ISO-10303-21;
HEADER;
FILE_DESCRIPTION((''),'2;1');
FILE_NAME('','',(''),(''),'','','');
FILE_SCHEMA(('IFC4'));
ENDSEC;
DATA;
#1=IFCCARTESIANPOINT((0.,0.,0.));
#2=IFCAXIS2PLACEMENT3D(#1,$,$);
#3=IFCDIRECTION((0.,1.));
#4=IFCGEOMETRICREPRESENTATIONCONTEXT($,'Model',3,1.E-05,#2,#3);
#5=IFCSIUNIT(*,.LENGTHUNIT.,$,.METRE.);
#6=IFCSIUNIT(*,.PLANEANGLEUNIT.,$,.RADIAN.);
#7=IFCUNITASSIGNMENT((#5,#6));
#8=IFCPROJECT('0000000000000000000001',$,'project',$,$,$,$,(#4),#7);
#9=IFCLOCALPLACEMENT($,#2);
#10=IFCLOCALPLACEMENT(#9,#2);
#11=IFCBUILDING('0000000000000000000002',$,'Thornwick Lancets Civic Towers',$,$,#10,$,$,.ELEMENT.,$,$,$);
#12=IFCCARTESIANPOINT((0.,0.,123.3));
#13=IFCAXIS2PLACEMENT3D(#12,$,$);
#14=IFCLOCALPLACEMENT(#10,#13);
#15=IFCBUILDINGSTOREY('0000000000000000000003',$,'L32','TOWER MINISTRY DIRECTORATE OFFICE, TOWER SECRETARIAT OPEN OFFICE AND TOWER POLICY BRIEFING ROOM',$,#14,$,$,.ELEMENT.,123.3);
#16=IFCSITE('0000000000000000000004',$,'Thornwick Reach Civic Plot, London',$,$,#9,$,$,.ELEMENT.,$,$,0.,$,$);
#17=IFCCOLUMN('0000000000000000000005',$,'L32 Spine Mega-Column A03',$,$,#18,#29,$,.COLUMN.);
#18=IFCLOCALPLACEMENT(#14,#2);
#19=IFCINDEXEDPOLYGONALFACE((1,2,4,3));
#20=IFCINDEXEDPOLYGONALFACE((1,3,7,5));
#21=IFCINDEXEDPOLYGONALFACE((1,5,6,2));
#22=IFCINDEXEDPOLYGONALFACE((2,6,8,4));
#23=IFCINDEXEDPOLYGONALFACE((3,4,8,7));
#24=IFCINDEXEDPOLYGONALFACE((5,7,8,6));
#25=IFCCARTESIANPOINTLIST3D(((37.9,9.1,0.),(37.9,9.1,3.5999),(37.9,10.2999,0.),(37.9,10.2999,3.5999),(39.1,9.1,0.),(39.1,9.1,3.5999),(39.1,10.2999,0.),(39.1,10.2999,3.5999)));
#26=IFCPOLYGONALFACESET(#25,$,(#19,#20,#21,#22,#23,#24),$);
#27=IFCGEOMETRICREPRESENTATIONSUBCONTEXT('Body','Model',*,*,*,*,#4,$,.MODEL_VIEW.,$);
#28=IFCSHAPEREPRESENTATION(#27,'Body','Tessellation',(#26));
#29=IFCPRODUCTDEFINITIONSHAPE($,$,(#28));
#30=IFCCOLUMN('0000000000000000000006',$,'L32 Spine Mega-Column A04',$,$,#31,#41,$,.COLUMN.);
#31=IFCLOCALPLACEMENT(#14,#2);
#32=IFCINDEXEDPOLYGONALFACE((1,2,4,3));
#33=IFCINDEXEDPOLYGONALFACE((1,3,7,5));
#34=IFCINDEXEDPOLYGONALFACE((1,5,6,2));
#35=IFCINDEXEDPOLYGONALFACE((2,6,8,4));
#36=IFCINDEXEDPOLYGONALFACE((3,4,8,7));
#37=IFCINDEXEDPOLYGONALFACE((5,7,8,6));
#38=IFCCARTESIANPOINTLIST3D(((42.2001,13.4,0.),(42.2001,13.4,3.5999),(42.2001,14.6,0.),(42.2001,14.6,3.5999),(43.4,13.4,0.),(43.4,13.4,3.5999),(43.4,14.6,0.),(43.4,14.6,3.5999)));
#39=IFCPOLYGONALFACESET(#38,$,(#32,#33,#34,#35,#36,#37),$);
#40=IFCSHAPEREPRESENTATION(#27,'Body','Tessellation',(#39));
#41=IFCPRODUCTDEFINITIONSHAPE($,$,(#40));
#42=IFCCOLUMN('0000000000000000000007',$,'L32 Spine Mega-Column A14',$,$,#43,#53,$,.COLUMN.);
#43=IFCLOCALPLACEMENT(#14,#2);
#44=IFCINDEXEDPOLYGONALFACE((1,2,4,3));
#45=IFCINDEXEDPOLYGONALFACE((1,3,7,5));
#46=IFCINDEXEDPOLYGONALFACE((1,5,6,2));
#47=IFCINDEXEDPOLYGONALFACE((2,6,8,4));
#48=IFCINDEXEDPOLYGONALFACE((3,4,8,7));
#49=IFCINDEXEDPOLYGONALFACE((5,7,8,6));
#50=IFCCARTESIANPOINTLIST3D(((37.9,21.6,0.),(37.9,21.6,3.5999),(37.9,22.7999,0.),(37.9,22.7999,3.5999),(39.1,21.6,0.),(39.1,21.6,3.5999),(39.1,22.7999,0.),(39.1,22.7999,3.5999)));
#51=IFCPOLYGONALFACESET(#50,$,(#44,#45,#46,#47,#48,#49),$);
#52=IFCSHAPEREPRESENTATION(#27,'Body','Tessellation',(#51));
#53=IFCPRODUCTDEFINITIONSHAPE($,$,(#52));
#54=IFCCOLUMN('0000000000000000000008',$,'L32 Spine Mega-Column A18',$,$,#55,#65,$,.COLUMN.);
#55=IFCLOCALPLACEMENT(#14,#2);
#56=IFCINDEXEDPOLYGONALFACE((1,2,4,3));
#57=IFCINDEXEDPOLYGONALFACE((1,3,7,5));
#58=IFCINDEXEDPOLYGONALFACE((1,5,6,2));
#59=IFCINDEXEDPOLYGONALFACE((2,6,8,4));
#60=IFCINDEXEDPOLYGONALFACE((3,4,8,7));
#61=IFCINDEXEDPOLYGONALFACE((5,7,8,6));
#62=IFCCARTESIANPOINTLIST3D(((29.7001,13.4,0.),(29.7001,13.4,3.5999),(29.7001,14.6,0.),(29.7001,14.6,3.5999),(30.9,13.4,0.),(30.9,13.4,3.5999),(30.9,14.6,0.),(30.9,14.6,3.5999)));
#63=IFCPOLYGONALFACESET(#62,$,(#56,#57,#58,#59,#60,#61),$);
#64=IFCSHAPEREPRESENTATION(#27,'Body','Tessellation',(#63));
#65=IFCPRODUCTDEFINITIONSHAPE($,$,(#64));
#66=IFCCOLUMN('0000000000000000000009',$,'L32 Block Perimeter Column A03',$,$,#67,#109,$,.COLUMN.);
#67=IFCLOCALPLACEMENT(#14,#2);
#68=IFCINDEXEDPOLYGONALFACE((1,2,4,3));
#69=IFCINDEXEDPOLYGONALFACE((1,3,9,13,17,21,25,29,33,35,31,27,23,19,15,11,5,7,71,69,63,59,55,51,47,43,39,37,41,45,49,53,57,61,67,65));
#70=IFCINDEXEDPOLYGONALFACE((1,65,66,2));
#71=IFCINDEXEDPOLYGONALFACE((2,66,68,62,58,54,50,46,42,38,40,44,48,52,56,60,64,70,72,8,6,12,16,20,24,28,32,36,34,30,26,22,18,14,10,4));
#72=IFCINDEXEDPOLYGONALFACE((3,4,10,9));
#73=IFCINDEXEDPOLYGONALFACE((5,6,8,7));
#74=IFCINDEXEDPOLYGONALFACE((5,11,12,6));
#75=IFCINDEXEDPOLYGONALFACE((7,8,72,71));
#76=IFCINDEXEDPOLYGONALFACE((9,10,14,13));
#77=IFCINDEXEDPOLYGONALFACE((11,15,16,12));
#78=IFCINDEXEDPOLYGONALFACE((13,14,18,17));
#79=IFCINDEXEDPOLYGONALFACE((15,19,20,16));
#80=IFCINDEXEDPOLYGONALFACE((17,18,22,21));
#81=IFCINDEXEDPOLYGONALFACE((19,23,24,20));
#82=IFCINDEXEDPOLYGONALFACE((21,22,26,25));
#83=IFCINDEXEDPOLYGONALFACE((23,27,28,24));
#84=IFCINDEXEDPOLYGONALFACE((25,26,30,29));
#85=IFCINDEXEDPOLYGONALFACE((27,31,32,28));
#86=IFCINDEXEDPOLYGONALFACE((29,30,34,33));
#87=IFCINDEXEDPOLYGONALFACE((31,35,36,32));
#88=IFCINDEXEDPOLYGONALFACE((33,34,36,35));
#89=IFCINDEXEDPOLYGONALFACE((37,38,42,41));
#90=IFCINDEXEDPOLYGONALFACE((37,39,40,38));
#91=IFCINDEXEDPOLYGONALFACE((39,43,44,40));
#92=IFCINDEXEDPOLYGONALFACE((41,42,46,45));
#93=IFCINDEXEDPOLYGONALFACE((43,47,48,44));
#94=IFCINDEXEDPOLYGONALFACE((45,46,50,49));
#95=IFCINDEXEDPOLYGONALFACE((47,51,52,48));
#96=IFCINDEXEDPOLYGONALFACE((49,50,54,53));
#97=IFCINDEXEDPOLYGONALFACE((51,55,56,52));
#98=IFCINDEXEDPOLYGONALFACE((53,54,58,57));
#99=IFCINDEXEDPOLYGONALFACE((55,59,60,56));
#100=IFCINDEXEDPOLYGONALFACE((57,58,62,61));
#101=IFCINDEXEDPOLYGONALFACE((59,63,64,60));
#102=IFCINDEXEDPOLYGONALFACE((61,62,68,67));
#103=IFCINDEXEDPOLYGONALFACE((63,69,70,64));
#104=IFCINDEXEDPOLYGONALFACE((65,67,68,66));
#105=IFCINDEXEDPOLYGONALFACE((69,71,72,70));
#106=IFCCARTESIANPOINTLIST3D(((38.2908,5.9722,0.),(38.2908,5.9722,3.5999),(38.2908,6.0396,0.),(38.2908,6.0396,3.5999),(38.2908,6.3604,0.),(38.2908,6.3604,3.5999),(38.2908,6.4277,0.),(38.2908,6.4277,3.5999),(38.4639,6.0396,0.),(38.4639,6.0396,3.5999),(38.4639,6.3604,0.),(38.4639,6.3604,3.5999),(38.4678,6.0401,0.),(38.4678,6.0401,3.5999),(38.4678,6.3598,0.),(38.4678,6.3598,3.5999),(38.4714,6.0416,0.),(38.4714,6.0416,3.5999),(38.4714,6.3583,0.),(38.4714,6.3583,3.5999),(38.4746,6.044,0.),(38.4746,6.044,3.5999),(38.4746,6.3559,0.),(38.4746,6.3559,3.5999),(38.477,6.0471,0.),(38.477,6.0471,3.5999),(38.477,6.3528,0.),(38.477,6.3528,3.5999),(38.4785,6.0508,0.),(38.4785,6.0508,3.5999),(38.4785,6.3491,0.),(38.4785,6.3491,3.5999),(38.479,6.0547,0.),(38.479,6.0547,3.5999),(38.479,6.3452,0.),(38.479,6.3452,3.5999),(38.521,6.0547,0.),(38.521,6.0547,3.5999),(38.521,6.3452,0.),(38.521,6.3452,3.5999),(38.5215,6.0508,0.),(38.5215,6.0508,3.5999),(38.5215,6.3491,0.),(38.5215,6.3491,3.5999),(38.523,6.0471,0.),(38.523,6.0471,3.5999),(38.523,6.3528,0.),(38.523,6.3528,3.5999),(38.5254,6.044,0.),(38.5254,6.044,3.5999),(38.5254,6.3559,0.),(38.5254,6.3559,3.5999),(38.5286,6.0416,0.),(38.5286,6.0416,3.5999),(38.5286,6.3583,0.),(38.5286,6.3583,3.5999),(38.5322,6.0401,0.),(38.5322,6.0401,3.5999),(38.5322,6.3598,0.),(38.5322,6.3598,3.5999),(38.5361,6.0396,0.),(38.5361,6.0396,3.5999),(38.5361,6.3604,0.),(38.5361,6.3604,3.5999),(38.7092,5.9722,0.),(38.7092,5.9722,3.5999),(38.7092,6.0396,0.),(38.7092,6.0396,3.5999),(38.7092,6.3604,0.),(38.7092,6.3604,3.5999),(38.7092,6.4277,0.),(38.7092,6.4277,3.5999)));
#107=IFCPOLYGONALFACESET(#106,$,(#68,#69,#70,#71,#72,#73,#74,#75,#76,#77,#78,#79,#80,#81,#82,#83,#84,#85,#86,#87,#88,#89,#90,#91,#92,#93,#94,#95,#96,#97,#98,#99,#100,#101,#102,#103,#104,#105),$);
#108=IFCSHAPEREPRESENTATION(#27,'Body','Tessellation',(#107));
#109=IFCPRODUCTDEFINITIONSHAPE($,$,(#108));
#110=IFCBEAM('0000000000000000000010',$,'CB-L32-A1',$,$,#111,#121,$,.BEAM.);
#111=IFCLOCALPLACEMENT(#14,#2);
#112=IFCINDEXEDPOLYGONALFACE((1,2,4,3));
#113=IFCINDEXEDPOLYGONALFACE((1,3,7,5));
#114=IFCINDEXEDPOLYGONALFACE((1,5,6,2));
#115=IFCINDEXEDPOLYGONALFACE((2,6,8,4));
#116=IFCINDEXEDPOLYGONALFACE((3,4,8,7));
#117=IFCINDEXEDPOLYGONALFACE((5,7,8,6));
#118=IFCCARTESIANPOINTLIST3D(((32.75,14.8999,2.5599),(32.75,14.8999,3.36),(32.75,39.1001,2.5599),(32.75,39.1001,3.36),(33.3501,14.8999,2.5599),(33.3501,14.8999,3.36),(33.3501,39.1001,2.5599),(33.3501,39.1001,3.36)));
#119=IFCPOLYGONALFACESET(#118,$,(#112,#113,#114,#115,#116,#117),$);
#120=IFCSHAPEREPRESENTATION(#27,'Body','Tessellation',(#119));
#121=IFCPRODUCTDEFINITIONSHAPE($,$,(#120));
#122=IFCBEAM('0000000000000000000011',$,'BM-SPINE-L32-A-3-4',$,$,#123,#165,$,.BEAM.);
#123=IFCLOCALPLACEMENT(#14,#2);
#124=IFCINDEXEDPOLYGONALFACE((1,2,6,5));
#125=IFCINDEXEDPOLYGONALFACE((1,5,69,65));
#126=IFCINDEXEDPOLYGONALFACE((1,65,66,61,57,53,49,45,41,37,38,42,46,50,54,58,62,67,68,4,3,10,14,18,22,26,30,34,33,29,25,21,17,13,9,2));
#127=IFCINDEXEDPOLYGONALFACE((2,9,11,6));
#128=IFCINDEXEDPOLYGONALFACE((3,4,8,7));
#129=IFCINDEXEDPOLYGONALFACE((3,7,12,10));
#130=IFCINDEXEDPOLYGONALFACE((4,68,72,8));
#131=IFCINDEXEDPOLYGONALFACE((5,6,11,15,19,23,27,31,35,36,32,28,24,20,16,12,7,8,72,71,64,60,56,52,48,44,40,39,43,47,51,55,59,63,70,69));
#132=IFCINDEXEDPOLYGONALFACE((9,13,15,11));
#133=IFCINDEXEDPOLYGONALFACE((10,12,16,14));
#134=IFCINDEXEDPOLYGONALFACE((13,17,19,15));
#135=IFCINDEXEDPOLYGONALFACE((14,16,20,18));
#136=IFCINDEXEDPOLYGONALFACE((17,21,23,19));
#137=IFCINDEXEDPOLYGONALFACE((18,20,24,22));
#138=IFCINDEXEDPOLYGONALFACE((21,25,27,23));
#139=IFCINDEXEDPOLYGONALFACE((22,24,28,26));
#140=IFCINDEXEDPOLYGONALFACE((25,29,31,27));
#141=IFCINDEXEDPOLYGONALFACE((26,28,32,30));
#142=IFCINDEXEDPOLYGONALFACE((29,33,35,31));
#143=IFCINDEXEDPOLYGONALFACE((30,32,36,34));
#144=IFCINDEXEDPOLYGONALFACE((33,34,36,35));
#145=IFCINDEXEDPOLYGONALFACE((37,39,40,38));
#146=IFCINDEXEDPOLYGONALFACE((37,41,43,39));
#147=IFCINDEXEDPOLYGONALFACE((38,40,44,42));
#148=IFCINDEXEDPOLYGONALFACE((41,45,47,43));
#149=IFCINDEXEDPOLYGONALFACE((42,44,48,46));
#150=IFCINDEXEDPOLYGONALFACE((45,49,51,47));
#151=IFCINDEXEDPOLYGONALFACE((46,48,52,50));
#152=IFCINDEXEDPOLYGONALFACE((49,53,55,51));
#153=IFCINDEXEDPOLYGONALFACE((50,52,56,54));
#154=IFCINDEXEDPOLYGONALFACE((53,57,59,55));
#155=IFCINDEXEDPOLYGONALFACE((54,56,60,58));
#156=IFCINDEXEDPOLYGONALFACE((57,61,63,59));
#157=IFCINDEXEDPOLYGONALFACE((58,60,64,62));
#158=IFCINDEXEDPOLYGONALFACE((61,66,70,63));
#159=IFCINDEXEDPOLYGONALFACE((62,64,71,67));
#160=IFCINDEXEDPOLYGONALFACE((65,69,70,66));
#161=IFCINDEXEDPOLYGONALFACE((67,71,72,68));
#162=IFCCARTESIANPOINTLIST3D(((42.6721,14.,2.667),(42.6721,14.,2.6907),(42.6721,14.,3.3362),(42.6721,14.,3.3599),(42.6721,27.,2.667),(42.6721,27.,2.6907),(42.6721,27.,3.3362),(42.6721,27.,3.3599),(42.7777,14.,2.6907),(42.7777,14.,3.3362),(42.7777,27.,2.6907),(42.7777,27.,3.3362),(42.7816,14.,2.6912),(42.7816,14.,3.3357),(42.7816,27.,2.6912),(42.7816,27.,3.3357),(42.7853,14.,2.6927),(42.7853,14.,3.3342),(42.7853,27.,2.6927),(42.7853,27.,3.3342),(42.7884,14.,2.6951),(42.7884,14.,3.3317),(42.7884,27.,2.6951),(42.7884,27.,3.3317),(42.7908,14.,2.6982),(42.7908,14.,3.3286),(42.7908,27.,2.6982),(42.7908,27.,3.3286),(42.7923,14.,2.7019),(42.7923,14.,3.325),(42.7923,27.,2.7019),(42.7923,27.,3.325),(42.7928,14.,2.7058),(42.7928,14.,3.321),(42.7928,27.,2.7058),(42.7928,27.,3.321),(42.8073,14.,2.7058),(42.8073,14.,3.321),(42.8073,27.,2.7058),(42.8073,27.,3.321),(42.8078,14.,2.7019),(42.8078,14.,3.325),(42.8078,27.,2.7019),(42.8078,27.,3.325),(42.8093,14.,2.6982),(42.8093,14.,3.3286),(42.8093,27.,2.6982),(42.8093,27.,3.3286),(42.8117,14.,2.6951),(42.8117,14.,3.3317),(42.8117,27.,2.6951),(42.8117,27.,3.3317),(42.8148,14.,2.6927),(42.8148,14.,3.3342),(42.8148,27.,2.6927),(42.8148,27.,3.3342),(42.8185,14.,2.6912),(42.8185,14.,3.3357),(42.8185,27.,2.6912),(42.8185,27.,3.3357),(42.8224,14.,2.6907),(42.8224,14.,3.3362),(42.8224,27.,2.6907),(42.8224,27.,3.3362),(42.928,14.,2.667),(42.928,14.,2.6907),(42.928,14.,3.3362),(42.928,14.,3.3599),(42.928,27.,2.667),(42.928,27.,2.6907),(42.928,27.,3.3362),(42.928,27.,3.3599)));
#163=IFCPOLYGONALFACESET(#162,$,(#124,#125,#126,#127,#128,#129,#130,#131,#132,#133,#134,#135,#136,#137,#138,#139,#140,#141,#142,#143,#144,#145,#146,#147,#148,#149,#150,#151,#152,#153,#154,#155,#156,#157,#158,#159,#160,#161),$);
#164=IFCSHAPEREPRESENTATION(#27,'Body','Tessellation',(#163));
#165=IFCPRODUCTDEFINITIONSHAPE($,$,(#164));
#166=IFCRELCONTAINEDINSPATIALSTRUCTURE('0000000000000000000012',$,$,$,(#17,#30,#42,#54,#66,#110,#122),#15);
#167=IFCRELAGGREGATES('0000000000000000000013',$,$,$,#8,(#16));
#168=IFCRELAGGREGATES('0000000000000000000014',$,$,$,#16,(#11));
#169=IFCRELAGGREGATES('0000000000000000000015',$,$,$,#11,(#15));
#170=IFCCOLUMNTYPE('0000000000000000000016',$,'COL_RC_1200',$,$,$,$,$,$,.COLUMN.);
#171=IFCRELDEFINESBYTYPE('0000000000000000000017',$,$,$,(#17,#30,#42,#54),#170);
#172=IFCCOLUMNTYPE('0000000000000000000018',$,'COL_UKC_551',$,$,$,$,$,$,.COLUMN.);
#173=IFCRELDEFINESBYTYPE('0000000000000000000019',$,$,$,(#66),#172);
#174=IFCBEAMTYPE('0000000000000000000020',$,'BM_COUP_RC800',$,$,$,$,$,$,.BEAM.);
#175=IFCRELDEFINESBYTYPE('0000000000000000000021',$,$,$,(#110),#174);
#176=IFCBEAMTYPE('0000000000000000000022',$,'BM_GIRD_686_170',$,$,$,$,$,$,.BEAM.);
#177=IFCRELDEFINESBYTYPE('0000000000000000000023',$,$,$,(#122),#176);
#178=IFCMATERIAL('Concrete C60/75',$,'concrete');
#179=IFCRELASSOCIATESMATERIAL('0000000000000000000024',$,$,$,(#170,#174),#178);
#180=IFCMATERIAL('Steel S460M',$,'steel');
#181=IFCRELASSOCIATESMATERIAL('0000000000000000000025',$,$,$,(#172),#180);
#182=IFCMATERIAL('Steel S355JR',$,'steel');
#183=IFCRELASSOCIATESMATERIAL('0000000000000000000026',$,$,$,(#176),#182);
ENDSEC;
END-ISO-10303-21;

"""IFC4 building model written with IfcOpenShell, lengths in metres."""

from ifc_helpers import new_model, si_unit, direction, frame, origin, origin_2d, place, context, subcontext, project, spatial, rectangle, i_section, extrude, material, material_profile, profile_set, type_object, element, save


model = new_model("IFC4")

# Units and contexts
model_context = context("Model", 3, precision=1e-05, world=origin(), true_north=direction((0.0, 1.0)))
body_context = subcontext(model_context, "Body", "Model", "MODEL_VIEW")
ifc_project = project(units=[si_unit("LENGTHUNIT", "METRE"), si_unit("PLANEANGLEUNIT", "RADIAN")], contexts=[model_context])

# Site, building, storey
site_placement = place(None, origin())
site = spatial("IfcSite", under=ifc_project, at=site_placement, Name="Thornwick Reach Civic Plot, London", CompositionType="ELEMENT", RefElevation=0.0)
building_placement = place(site_placement, origin())
building = spatial("IfcBuilding", under=site, at=building_placement, Name="Thornwick Lancets Civic Towers", CompositionType="ELEMENT")
storey_placement = place(building_placement, frame((0.0, 0.0, 123.3)))
storey = spatial("IfcBuildingStorey", under=building, at=storey_placement, Name="L32", Description="TOWER MINISTRY DIRECTORATE OFFICE, TOWER SECRETARIAT OPEN OFFICE AND TOWER POLICY BRIEFING ROOM", CompositionType="ELEMENT", Elevation=123.3)

# Columns
ifc_material_1 = material(Name="Concrete C60/75", Category="concrete")
ifc_material_profile_1 = material_profile(ifc_material_1, rectangle(XDim=1.2, YDim=1.2, at=origin_2d()), Name="RC 1200x1200")
ifc_profile_set_1 = profile_set([ifc_material_profile_1], Name="Concrete C60/75")
column_type_1 = type_object("IfcColumnType", Name="COL_RC_1200", PredefinedType="COLUMN", material=ifc_profile_set_1)
for number, where, z_axis, x_axis, name in (
    (1, (38.5, 9.7, 0.0), (0.0, 0.0, 1.0), (1.0, 0.0, 0.0), "L32 Spine Mega-Column A03"),
    (2, (42.8, 14.0, 0.0), (0.0, 0.0, 1.0), (1.0, 0.0, 0.0), "L32 Spine Mega-Column A04"),
    (3, (38.5, 22.2, 0.0), (0.0, 0.0, 1.0), (1.0, 0.0, 0.0), "L32 Spine Mega-Column A14"),
    (4, (30.3, 14.0, 0.0), (0.0, 0.0, 1.0), (1.0, 0.0, 0.0), "L32 Spine Mega-Column A18"),
):
    element("IfcColumn", number, at=place(storey_placement, frame(where, z_axis=z_axis, x_axis=x_axis)), inside=storey, type_object=column_type_1, Name=name, PredefinedType="COLUMN", context=body_context, shape_type="SweptSolid", body=[
        extrude(rectangle(XDim=1.2, YDim=1.2, at=origin_2d()), origin(), (0.0, 0.0, 1.0), 3.5999),
    ])
ifc_material_2 = material(Name="Steel S460M", Category="steel")
ifc_material_profile_2 = material_profile(ifc_material_2, i_section(OverallWidth=0.4185, OverallDepth=0.4556, WebThickness=0.042, FlangeThickness=0.0674, FilletRadius=0.0151, at=origin_2d()), Name="UKC 356x406x551")
ifc_profile_set_2 = profile_set([ifc_material_profile_2], Name="Steel S460M")
column_type_2 = type_object("IfcColumnType", Name="COL_UKC_551", PredefinedType="COLUMN", material=ifc_profile_set_2)
column_placement = place(storey_placement, frame((38.5, 6.2, 0.0), z_axis=(0.0, 0.0, 1.0), x_axis=(1.0, 0.0, 0.0)))
element("IfcColumn", 5, at=column_placement, inside=storey, type_object=column_type_2, Name="L32 Block Perimeter Column A03", PredefinedType="COLUMN", context=body_context, shape_type="SweptSolid", body=[
    extrude(i_section(OverallWidth=0.4185, OverallDepth=0.4556, WebThickness=0.042, FlangeThickness=0.0674, FilletRadius=0.0151, at=origin_2d()), origin(), (0.0, 0.0, 1.0), 3.5999),
])

# Beams
ifc_material_profile_3 = material_profile(ifc_material_1, rectangle(XDim=0.6001, YDim=0.8, at=origin_2d()), Name="RC 600x800")
ifc_profile_set_3 = profile_set([ifc_material_profile_3], Name="Concrete C60/75")
beam_type_1 = type_object("IfcBeamType", Name="BM_COUP_RC800", PredefinedType="BEAM", material=ifc_profile_set_3)
beam_1_placement = place(storey_placement, frame((33.05, 14.8999, 2.96), z_axis=(0.0, 1.0, 0.0), x_axis=(-1.0, 0.0, 0.0)))
element("IfcBeam", 6, at=beam_1_placement, inside=storey, type_object=beam_type_1, Name="CB-L32-A1", PredefinedType="BEAM", context=body_context, shape_type="SweptSolid", body=[
    extrude(rectangle(XDim=0.6001, YDim=0.8, at=origin_2d()), origin(), (0.0, 0.0, 1.0), 24.2002),
])
ifc_material_3 = material(Name="Steel S355JR", Category="steel")
ifc_material_profile_4 = material_profile(ifc_material_3, i_section(OverallWidth=0.2559, OverallDepth=0.6929, WebThickness=0.0144, FlangeThickness=0.0237, FilletRadius=0.0151, at=origin_2d()), Name="UKB 686x254x170")
ifc_profile_set_4 = profile_set([ifc_material_profile_4], Name="Steel S355JR")
beam_type_2 = type_object("IfcBeamType", Name="BM_GIRD_686_170", PredefinedType="BEAM", material=ifc_profile_set_4)
beam_2_placement = place(storey_placement, frame((42.8, 14.0, 3.0134), z_axis=(0.0, 1.0, 0.0), x_axis=(-1.0, 0.0, 0.0)))
element("IfcBeam", 7, at=beam_2_placement, inside=storey, type_object=beam_type_2, Name="BM-SPINE-L32-A-3-4", PredefinedType="BEAM", context=body_context, shape_type="SweptSolid", body=[
    extrude(i_section(OverallWidth=0.2559, OverallDepth=0.6929, WebThickness=0.0144, FlangeThickness=0.0237, FilletRadius=0.0151, at=origin_2d()), origin(), (0.0, 0.0, 1.0), 13.0),
])

save(model, "model.ifc")
